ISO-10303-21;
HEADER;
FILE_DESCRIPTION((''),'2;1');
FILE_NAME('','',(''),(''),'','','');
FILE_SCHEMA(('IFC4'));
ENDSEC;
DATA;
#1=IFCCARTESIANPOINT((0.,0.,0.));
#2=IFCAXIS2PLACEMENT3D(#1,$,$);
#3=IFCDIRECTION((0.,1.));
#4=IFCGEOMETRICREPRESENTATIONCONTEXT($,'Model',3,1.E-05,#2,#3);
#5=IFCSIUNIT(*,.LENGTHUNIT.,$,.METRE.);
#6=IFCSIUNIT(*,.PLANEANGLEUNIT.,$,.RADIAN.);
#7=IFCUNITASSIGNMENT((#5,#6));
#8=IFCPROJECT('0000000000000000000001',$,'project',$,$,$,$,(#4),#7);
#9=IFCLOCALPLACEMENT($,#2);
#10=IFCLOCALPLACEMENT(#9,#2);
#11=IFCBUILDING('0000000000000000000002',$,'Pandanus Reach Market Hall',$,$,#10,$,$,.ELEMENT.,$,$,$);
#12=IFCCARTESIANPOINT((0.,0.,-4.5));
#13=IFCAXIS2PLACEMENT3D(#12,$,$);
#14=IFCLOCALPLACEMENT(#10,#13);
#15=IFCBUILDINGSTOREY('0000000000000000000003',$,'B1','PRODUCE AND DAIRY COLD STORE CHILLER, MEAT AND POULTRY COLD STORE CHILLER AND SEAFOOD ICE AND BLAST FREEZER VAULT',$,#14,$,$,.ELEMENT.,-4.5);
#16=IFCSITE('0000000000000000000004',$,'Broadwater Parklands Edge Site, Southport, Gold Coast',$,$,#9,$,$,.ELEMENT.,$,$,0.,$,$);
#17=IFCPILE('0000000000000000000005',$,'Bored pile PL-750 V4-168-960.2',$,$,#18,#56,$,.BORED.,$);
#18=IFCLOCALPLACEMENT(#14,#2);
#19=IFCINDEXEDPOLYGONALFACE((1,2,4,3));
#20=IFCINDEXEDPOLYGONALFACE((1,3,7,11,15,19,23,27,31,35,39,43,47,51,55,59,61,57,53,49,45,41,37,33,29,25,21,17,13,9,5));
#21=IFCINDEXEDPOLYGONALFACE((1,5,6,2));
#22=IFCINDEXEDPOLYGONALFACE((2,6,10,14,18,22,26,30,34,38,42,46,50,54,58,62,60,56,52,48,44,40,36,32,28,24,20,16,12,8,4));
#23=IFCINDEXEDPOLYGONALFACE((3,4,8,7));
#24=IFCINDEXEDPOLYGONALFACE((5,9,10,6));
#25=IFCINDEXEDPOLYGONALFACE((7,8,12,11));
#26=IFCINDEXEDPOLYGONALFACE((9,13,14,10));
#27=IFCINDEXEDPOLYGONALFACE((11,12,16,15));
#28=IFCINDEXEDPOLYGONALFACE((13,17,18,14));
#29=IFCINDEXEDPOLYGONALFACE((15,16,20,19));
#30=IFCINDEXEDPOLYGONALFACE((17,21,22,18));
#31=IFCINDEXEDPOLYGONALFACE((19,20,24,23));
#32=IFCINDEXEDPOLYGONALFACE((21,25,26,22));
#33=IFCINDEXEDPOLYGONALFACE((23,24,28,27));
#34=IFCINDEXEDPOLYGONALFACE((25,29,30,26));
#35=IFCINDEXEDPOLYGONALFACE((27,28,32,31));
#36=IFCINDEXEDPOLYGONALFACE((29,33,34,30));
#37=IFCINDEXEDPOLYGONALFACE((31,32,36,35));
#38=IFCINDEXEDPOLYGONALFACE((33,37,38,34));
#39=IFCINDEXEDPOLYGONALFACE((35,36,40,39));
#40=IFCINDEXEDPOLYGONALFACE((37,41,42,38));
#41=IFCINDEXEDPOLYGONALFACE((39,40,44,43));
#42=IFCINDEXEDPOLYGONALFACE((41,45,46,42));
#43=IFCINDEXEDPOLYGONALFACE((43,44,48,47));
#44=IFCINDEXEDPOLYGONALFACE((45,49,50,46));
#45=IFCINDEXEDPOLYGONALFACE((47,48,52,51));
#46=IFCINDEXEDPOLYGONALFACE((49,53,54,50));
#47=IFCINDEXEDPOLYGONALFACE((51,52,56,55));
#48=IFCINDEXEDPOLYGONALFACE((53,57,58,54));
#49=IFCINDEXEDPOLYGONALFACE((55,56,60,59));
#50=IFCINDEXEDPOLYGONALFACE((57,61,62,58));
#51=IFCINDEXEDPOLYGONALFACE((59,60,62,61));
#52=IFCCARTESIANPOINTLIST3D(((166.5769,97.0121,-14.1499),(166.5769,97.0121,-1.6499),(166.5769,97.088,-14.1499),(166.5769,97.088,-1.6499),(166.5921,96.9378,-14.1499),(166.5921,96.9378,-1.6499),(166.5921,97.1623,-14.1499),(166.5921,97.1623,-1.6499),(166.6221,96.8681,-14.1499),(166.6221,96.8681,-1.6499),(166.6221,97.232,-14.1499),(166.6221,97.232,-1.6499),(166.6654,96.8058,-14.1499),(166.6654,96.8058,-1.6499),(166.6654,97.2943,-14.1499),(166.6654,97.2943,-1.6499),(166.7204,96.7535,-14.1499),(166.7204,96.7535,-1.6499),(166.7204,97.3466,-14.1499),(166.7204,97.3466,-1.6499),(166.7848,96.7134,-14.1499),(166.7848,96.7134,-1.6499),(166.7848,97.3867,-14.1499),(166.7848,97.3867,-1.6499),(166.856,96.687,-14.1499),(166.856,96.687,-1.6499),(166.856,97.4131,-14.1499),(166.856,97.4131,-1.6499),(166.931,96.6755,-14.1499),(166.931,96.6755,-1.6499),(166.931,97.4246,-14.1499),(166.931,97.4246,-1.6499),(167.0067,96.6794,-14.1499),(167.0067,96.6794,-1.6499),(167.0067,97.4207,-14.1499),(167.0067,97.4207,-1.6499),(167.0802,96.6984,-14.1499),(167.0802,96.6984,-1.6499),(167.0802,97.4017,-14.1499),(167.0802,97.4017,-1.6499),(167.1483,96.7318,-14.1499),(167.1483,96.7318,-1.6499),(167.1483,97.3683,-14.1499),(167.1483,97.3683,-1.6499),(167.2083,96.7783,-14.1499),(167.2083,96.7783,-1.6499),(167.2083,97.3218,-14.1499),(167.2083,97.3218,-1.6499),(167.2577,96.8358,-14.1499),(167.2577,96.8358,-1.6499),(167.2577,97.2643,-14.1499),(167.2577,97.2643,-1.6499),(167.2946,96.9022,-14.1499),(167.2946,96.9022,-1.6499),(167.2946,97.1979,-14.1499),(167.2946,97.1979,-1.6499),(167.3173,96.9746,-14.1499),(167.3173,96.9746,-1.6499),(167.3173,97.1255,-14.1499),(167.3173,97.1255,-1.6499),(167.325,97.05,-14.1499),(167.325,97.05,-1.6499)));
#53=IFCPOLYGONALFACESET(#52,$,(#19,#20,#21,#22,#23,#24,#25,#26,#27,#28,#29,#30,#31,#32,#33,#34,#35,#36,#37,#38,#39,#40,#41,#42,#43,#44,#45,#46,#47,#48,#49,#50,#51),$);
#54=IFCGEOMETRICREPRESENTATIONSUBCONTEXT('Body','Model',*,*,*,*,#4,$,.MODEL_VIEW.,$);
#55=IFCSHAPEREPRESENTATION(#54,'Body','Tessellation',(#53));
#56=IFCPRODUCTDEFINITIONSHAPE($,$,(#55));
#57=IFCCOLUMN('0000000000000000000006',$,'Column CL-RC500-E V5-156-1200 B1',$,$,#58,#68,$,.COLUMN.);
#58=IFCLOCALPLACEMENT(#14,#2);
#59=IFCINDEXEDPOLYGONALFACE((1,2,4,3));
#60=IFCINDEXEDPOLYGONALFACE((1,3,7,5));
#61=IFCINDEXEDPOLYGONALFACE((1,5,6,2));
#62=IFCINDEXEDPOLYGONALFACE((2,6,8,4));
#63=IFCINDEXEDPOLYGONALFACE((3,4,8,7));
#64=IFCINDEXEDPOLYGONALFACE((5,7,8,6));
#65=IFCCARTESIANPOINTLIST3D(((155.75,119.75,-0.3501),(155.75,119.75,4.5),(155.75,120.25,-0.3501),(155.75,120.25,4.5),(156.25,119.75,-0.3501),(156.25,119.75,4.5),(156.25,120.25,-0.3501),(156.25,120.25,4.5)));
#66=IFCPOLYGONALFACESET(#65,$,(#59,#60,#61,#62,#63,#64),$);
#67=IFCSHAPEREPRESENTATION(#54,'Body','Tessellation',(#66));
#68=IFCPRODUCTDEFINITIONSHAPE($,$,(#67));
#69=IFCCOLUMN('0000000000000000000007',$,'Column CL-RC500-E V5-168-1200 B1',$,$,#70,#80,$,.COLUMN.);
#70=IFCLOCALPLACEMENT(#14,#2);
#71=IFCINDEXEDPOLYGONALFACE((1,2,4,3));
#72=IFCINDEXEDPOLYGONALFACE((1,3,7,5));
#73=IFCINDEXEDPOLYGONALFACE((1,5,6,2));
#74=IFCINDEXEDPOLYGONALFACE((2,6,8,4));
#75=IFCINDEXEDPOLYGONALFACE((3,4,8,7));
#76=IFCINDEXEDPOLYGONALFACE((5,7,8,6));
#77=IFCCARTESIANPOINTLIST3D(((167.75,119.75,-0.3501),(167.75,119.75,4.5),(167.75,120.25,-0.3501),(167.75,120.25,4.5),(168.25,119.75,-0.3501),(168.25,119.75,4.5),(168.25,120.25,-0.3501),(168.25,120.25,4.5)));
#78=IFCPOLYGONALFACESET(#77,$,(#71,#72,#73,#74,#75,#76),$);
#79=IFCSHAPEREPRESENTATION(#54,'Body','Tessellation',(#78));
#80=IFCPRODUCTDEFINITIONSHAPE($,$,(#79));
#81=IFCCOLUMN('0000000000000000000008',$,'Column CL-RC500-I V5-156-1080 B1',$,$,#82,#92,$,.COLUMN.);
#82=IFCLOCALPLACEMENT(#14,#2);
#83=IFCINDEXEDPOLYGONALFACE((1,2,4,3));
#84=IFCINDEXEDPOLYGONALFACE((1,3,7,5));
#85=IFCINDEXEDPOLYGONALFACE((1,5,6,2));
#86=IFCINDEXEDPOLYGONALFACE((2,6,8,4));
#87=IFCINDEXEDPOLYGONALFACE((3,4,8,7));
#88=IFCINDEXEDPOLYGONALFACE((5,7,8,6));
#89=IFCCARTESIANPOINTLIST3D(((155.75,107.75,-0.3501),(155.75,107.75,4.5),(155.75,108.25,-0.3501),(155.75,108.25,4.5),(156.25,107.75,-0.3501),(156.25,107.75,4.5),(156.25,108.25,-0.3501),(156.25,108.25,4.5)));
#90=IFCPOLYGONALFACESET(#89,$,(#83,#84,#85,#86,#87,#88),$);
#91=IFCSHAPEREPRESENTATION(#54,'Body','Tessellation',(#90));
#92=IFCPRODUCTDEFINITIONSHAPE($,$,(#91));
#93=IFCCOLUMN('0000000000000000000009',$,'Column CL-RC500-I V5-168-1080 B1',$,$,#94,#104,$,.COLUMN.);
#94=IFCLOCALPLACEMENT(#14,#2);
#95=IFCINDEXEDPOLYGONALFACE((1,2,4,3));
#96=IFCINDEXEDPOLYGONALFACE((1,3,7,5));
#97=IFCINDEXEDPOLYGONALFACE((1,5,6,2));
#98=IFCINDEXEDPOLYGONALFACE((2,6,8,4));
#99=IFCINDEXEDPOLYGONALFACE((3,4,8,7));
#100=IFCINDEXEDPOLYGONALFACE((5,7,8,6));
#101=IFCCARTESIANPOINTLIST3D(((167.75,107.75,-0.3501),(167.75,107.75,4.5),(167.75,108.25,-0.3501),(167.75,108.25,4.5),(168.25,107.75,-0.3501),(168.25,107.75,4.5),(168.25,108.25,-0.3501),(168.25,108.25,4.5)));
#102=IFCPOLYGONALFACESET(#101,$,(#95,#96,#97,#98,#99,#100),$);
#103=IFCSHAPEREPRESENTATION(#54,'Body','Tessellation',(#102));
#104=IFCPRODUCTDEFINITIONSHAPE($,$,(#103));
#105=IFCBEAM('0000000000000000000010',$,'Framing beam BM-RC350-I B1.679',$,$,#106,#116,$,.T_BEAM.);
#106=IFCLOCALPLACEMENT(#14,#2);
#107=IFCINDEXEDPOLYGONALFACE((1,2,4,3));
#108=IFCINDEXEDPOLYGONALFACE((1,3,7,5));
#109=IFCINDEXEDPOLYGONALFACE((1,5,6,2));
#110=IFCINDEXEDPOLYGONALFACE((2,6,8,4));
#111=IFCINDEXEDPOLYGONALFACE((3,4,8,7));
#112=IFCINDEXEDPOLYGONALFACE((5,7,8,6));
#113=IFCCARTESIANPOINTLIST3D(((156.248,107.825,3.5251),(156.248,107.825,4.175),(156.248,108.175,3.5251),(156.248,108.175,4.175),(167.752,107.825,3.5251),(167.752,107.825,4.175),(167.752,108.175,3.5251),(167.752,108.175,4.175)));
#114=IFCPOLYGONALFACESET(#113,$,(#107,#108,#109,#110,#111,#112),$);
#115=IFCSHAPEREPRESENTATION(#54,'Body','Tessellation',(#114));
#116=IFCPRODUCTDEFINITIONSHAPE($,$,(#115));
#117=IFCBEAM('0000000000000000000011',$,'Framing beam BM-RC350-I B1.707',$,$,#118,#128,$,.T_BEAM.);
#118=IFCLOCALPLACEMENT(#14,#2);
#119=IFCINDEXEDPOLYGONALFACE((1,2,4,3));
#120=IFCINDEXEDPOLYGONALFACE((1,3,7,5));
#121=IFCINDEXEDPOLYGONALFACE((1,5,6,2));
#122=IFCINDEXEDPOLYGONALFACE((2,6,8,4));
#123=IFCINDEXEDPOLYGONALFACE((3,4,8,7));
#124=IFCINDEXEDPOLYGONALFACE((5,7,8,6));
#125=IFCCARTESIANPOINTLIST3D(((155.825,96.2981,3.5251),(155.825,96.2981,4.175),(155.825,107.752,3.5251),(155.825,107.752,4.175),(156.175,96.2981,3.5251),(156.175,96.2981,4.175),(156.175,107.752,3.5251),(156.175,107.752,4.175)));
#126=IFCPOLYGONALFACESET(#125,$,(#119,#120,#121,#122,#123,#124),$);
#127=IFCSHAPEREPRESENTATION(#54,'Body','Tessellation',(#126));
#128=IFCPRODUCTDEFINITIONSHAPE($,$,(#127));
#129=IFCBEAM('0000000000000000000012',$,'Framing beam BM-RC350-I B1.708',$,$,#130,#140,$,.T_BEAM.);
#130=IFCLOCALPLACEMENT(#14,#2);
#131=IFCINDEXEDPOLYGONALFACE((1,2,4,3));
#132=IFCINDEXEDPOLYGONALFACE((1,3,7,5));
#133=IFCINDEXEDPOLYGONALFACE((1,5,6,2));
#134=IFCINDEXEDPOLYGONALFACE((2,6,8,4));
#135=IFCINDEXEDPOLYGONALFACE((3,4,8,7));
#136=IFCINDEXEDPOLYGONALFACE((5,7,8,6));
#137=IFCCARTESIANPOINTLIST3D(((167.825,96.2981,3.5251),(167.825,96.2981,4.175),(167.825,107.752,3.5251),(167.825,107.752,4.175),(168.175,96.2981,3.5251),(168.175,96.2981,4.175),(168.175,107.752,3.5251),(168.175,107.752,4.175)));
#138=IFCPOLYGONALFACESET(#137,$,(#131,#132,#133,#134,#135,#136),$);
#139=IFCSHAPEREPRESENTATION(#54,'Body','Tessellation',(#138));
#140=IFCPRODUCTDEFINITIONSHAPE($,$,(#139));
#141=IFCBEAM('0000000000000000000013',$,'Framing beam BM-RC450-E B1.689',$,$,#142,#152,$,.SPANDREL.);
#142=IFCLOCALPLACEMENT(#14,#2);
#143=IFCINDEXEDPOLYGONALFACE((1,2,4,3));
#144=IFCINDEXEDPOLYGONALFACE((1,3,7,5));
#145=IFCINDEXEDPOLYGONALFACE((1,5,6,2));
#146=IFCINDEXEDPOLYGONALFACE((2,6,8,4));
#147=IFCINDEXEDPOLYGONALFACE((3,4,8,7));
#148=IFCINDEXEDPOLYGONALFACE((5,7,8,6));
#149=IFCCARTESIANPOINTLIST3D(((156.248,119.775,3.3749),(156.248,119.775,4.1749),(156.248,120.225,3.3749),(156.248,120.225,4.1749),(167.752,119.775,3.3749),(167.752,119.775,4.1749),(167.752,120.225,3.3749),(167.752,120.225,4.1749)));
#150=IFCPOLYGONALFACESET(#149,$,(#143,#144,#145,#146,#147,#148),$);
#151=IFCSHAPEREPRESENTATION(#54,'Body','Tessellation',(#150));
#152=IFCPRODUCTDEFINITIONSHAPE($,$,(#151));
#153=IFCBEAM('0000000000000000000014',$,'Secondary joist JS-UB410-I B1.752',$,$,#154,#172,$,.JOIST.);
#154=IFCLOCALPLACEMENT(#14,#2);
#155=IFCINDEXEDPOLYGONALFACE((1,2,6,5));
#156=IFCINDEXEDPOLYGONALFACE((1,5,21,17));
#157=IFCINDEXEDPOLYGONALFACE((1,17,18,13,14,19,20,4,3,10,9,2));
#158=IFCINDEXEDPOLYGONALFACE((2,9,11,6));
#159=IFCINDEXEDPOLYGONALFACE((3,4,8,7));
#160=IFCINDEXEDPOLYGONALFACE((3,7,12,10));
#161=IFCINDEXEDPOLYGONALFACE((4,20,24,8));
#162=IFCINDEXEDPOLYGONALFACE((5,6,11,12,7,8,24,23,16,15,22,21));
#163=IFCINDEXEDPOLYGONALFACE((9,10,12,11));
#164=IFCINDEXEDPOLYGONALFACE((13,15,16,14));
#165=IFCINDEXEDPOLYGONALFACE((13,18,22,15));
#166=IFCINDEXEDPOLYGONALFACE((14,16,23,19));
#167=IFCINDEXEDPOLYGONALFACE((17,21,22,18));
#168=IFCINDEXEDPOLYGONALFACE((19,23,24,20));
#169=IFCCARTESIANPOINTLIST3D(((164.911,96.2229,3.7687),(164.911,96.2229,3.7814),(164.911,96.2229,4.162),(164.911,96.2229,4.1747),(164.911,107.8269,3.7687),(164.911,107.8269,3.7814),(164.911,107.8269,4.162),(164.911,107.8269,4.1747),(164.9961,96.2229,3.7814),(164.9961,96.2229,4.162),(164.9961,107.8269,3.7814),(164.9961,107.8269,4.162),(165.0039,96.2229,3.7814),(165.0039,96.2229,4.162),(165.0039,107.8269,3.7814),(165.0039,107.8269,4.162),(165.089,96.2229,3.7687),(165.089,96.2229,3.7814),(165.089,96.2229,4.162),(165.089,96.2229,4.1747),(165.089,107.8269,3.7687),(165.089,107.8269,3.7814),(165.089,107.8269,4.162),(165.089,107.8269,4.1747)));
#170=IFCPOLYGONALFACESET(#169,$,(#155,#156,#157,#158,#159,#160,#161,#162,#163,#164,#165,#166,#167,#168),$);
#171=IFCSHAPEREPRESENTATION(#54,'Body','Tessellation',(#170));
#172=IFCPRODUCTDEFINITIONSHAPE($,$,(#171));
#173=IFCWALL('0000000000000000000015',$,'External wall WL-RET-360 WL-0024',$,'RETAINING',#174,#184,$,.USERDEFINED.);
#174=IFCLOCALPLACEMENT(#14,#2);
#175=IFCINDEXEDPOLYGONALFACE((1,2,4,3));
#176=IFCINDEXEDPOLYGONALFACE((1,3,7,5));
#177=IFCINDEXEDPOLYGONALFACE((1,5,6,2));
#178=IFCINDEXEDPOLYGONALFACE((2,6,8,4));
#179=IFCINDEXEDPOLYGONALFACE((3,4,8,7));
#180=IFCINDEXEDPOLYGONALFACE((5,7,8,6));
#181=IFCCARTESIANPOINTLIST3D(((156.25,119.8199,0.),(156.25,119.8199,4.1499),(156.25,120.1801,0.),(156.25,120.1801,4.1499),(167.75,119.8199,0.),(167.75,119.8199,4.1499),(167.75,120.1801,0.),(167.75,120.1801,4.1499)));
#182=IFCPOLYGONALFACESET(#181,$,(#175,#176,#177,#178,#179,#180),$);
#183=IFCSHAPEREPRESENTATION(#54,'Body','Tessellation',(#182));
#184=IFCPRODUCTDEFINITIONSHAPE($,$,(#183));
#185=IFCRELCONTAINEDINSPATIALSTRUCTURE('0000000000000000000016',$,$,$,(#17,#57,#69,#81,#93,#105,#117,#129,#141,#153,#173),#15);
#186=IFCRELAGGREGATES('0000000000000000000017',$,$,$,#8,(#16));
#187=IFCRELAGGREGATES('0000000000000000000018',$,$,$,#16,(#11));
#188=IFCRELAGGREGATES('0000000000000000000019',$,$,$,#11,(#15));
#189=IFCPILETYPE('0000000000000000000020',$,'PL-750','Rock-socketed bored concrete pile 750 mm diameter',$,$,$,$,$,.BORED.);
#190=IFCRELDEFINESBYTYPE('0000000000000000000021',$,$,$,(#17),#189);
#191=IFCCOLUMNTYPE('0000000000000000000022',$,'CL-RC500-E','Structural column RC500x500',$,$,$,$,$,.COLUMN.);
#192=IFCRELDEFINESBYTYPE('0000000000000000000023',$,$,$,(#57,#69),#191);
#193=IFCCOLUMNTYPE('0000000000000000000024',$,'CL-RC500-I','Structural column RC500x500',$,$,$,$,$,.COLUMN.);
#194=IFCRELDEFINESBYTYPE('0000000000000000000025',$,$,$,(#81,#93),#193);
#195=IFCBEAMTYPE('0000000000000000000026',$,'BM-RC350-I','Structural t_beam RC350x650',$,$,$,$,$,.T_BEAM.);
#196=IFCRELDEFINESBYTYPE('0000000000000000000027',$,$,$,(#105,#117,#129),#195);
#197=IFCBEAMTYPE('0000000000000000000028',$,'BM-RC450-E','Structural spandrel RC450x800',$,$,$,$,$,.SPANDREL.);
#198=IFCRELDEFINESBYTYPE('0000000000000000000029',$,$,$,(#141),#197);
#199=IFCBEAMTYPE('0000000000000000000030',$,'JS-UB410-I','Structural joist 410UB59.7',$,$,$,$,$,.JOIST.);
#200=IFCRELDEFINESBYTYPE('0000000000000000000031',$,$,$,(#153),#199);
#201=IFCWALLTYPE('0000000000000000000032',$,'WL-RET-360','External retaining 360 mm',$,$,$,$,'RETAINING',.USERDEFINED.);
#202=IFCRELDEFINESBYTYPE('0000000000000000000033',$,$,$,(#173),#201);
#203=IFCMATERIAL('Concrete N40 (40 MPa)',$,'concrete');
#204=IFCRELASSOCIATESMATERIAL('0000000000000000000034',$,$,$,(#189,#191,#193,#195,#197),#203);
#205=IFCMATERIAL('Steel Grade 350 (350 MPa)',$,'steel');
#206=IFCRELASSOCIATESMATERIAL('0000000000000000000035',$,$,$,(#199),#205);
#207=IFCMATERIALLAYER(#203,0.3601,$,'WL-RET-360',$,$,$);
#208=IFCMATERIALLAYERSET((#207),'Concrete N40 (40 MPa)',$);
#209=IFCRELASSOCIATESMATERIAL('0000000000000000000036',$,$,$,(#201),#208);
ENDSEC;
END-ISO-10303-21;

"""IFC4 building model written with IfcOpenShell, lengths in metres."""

from ifc_helpers import new_model, si_unit, direction, frame, frame_2d, origin, origin_2d, place, context, subcontext, project, spatial, rectangle, circle, i_section, extrude, material, layer, layer_set, material_profile, profile_set, type_object, element, save


model = new_model("IFC4")

# Units and contexts
model_context = context("Model", 3, precision=1e-05, world=origin(), true_north=direction((0.0, 1.0)))
body_context = subcontext(model_context, "Body", "Model", "MODEL_VIEW")
ifc_project = project(units=[si_unit("LENGTHUNIT", "METRE"), si_unit("PLANEANGLEUNIT", "RADIAN")], contexts=[model_context])

# Site, building, storey
site_placement = place(None, origin())
site = spatial("IfcSite", under=ifc_project, at=site_placement, Name="Broadwater Parklands Edge Site, Southport, Gold Coast", CompositionType="ELEMENT", RefElevation=0.0)
building_placement = place(site_placement, origin())
building = spatial("IfcBuilding", under=site, at=building_placement, Name="Pandanus Reach Market Hall", CompositionType="ELEMENT")
storey_placement = place(building_placement, frame((0.0, 0.0, -4.5)))
storey = spatial("IfcBuildingStorey", under=building, at=storey_placement, Name="B1", Description="PRODUCE AND DAIRY COLD STORE CHILLER, MEAT AND POULTRY COLD STORE CHILLER AND SEAFOOD ICE AND BLAST FREEZER VAULT", CompositionType="ELEMENT", Elevation=-4.5)

# Shared definitions
ifc_material_1 = material(Name="Concrete N40 (40 MPa)", Category="concrete")

# Pile
ifc_material_profile_1 = material_profile(ifc_material_1, circle(Radius=0.375, at=origin_2d()), Name="PILE-750D", Category="LoadBearing")
ifc_profile_set_1 = profile_set([ifc_material_profile_1], Name="Concrete N40 (40 MPa)")
pile_type_1 = type_object("IfcPileType", Name="PL-750", Description="Rock-socketed bored concrete pile 750 mm diameter", PredefinedType="BORED", material=ifc_profile_set_1)
for number, where, z_axis, x_axis, name in (
    (1, (166.95, 97.05, -1.6499), (0.0, 0.0, -1.0), (1.0, 0.0, 0.0), "Bored pile PL-750 V4-168-960.2"),
):
    element("IfcPile", number, at=place(storey_placement, frame(where, z_axis=z_axis, x_axis=x_axis)), inside=storey, type_object=pile_type_1, Name=name, PredefinedType="BORED", context=body_context, shape_type="SweptSolid", body=[
        extrude(circle(Radius=0.375, at=origin_2d()), origin(), (0.0, 0.0, 1.0), 12.5),
    ])

# Columns
ifc_material_profile_2 = material_profile(ifc_material_1, rectangle(XDim=0.5, YDim=0.5, at=origin_2d()), Name="RC500x500", Category="LoadBearing")
ifc_profile_set_2 = profile_set([ifc_material_profile_2], Name="Concrete N40 (40 MPa)")
column_type_1 = type_object("IfcColumnType", Name="CL-RC500-E", Description="Structural column RC500x500", PredefinedType="COLUMN", material=ifc_profile_set_2)
for number, where, z_axis, x_axis, name in (
    (2, (156.0, 120.0, -0.3501), (0.0, 0.0, 1.0), (1.0, 0.0, 0.0), "Column CL-RC500-E V5-156-1200 B1"),
    (3, (168.0, 120.0, -0.3501), (0.0, 0.0, 1.0), (1.0, 0.0, 0.0), "Column CL-RC500-E V5-168-1200 B1"),
):
    element("IfcColumn", number, at=place(storey_placement, frame(where, z_axis=z_axis, x_axis=x_axis)), inside=storey, type_object=column_type_1, Name=name, PredefinedType="COLUMN", context=body_context, shape_type="SweptSolid", body=[
        extrude(rectangle(XDim=0.5, YDim=0.5, at=origin_2d()), origin(), (0.0, 0.0, 1.0), 4.8501),
    ])
ifc_material_profile_3 = material_profile(ifc_material_1, rectangle(XDim=0.5, YDim=0.5, at=origin_2d()), Name="RC500x500", Category="LoadBearing")
ifc_profile_set_3 = profile_set([ifc_material_profile_3], Name="Concrete N40 (40 MPa)")
column_type_2 = type_object("IfcColumnType", Name="CL-RC500-I", Description="Structural column RC500x500", PredefinedType="COLUMN", material=ifc_profile_set_3)
for number, where, z_axis, x_axis, name in (
    (4, (156.0, 108.0, -0.3501), (0.0, 0.0, 1.0), (1.0, 0.0, 0.0), "Column CL-RC500-I V5-156-1080 B1"),
    (5, (168.0, 108.0, -0.3501), (0.0, 0.0, 1.0), (1.0, 0.0, 0.0), "Column CL-RC500-I V5-168-1080 B1"),
):
    element("IfcColumn", number, at=place(storey_placement, frame(where, z_axis=z_axis, x_axis=x_axis)), inside=storey, type_object=column_type_2, Name=name, PredefinedType="COLUMN", context=body_context, shape_type="SweptSolid", body=[
        extrude(rectangle(XDim=0.5, YDim=0.5, at=origin_2d()), origin(), (0.0, 0.0, 1.0), 4.8501),
    ])

# Beams
ifc_material_profile_4 = material_profile(ifc_material_1, rectangle(XDim=0.3501, YDim=0.6499, at=origin_2d()), Name="RC350x650", Category="LoadBearing")
ifc_profile_set_4 = profile_set([ifc_material_profile_4], Name="Concrete N40 (40 MPa)")
beam_type_1 = type_object("IfcBeamType", Name="BM-RC350-I", Description="Structural t_beam RC350x650", PredefinedType="T_BEAM", material=ifc_profile_set_4)
beam_1_placement = place(storey_placement, frame((156.248, 108.0, 3.8501), z_axis=(1.0, 0.0, 0.0), x_axis=(0.0, 1.0, 0.0)))
element("IfcBeam", 6, at=beam_1_placement, inside=storey, type_object=beam_type_1, Name="Framing beam BM-RC350-I B1.679", PredefinedType="T_BEAM", context=body_context, shape_type="SweptSolid", body=[
    extrude(rectangle(XDim=0.3501, YDim=0.6499, at=origin_2d()), origin(), (0.0, 0.0, 1.0), 11.5039),
])
for number, where, z_axis, x_axis, name in (
    (7, (156.0, 96.2981, 3.8501), (0.0, 1.0, 0.0), (-1.0, 0.0, 0.0), "Framing beam BM-RC350-I B1.707"),
    (8, (168.0, 96.2981, 3.8501), (0.0, 1.0, 0.0), (-1.0, 0.0, 0.0), "Framing beam BM-RC350-I B1.708"),
):
    element("IfcBeam", number, at=place(storey_placement, frame(where, z_axis=z_axis, x_axis=x_axis)), inside=storey, type_object=beam_type_1, Name=name, PredefinedType="T_BEAM", context=body_context, shape_type="SweptSolid", body=[
        extrude(rectangle(XDim=0.3501, YDim=0.6499, at=origin_2d()), origin(), (0.0, 0.0, 1.0), 11.4539),
    ])
ifc_material_profile_5 = material_profile(ifc_material_1, rectangle(XDim=0.45, YDim=0.8, at=origin_2d()), Name="RC450x800", Category="LoadBearing")
ifc_profile_set_5 = profile_set([ifc_material_profile_5], Name="Concrete N40 (40 MPa)")
beam_type_2 = type_object("IfcBeamType", Name="BM-RC450-E", Description="Structural spandrel RC450x800", PredefinedType="SPANDREL", material=ifc_profile_set_5)
beam_2_placement = place(storey_placement, frame((156.248, 120.0, 3.7749), z_axis=(1.0, 0.0, 0.0), x_axis=(0.0, 1.0, 0.0)))
element("IfcBeam", 9, at=beam_2_placement, inside=storey, type_object=beam_type_2, Name="Framing beam BM-RC450-E B1.689", PredefinedType="SPANDREL", context=body_context, shape_type="SweptSolid", body=[
    extrude(rectangle(XDim=0.45, YDim=0.8, at=origin_2d()), origin(), (0.0, 0.0, 1.0), 11.5039),
])
ifc_material_2 = material(Name="Steel Grade 350 (350 MPa)", Category="steel")
ifc_material_profile_6 = material_profile(ifc_material_2, i_section(OverallWidth=0.178, OverallDepth=0.406, WebThickness=0.0078, FlangeThickness=0.0127, at=origin_2d()), Name="410UB59.7", Category="LoadBearing")
ifc_profile_set_6 = profile_set([ifc_material_profile_6], Name="Steel Grade 350 (350 MPa)")
beam_type_3 = type_object("IfcBeamType", Name="JS-UB410-I", Description="Structural joist 410UB59.7", PredefinedType="JOIST", material=ifc_profile_set_6)
beam_3_placement = place(storey_placement, frame((165.0, 96.2229, 3.9717), z_axis=(0.0, 1.0, 0.0), x_axis=(-1.0, 0.0, 0.0)))
element("IfcBeam", 10, at=beam_3_placement, inside=storey, type_object=beam_type_3, Name="Secondary joist JS-UB410-I B1.752", PredefinedType="JOIST", context=body_context, shape_type="SweptSolid", body=[
    extrude(i_section(OverallWidth=0.178, OverallDepth=0.406, WebThickness=0.0078, FlangeThickness=0.0127, at=origin_2d()), origin(), (0.0, 0.0, 1.0), 11.604),
])

# Wall
ifc_layer = layer(ifc_material_1, 0.3601, Name="WL-RET-360")
ifc_layer_set = layer_set([ifc_layer], Name="Concrete N40 (40 MPa)")
wall_type = type_object("IfcWallType", Name="WL-RET-360", Description="External retaining 360 mm", ElementType="RETAINING", PredefinedType="USERDEFINED", material=ifc_layer_set)
wall_placement = place(storey_placement, frame((156.25, 120.0, 0.0), z_axis=(0.0, 0.0, 1.0), x_axis=(1.0, 0.0, 0.0)))
element("IfcWall", 11, at=wall_placement, inside=storey, type_object=wall_type, Name="External wall WL-RET-360 WL-0024", ObjectType="RETAINING", PredefinedType="USERDEFINED", context=body_context, shape_type="SweptSolid", body=[
    extrude(rectangle(XDim=11.5, YDim=0.3601, at=frame_2d((5.75, 0.0))), origin(), (0.0, 0.0, 1.0), 4.1499),
])

save(model, "model.ifc")
